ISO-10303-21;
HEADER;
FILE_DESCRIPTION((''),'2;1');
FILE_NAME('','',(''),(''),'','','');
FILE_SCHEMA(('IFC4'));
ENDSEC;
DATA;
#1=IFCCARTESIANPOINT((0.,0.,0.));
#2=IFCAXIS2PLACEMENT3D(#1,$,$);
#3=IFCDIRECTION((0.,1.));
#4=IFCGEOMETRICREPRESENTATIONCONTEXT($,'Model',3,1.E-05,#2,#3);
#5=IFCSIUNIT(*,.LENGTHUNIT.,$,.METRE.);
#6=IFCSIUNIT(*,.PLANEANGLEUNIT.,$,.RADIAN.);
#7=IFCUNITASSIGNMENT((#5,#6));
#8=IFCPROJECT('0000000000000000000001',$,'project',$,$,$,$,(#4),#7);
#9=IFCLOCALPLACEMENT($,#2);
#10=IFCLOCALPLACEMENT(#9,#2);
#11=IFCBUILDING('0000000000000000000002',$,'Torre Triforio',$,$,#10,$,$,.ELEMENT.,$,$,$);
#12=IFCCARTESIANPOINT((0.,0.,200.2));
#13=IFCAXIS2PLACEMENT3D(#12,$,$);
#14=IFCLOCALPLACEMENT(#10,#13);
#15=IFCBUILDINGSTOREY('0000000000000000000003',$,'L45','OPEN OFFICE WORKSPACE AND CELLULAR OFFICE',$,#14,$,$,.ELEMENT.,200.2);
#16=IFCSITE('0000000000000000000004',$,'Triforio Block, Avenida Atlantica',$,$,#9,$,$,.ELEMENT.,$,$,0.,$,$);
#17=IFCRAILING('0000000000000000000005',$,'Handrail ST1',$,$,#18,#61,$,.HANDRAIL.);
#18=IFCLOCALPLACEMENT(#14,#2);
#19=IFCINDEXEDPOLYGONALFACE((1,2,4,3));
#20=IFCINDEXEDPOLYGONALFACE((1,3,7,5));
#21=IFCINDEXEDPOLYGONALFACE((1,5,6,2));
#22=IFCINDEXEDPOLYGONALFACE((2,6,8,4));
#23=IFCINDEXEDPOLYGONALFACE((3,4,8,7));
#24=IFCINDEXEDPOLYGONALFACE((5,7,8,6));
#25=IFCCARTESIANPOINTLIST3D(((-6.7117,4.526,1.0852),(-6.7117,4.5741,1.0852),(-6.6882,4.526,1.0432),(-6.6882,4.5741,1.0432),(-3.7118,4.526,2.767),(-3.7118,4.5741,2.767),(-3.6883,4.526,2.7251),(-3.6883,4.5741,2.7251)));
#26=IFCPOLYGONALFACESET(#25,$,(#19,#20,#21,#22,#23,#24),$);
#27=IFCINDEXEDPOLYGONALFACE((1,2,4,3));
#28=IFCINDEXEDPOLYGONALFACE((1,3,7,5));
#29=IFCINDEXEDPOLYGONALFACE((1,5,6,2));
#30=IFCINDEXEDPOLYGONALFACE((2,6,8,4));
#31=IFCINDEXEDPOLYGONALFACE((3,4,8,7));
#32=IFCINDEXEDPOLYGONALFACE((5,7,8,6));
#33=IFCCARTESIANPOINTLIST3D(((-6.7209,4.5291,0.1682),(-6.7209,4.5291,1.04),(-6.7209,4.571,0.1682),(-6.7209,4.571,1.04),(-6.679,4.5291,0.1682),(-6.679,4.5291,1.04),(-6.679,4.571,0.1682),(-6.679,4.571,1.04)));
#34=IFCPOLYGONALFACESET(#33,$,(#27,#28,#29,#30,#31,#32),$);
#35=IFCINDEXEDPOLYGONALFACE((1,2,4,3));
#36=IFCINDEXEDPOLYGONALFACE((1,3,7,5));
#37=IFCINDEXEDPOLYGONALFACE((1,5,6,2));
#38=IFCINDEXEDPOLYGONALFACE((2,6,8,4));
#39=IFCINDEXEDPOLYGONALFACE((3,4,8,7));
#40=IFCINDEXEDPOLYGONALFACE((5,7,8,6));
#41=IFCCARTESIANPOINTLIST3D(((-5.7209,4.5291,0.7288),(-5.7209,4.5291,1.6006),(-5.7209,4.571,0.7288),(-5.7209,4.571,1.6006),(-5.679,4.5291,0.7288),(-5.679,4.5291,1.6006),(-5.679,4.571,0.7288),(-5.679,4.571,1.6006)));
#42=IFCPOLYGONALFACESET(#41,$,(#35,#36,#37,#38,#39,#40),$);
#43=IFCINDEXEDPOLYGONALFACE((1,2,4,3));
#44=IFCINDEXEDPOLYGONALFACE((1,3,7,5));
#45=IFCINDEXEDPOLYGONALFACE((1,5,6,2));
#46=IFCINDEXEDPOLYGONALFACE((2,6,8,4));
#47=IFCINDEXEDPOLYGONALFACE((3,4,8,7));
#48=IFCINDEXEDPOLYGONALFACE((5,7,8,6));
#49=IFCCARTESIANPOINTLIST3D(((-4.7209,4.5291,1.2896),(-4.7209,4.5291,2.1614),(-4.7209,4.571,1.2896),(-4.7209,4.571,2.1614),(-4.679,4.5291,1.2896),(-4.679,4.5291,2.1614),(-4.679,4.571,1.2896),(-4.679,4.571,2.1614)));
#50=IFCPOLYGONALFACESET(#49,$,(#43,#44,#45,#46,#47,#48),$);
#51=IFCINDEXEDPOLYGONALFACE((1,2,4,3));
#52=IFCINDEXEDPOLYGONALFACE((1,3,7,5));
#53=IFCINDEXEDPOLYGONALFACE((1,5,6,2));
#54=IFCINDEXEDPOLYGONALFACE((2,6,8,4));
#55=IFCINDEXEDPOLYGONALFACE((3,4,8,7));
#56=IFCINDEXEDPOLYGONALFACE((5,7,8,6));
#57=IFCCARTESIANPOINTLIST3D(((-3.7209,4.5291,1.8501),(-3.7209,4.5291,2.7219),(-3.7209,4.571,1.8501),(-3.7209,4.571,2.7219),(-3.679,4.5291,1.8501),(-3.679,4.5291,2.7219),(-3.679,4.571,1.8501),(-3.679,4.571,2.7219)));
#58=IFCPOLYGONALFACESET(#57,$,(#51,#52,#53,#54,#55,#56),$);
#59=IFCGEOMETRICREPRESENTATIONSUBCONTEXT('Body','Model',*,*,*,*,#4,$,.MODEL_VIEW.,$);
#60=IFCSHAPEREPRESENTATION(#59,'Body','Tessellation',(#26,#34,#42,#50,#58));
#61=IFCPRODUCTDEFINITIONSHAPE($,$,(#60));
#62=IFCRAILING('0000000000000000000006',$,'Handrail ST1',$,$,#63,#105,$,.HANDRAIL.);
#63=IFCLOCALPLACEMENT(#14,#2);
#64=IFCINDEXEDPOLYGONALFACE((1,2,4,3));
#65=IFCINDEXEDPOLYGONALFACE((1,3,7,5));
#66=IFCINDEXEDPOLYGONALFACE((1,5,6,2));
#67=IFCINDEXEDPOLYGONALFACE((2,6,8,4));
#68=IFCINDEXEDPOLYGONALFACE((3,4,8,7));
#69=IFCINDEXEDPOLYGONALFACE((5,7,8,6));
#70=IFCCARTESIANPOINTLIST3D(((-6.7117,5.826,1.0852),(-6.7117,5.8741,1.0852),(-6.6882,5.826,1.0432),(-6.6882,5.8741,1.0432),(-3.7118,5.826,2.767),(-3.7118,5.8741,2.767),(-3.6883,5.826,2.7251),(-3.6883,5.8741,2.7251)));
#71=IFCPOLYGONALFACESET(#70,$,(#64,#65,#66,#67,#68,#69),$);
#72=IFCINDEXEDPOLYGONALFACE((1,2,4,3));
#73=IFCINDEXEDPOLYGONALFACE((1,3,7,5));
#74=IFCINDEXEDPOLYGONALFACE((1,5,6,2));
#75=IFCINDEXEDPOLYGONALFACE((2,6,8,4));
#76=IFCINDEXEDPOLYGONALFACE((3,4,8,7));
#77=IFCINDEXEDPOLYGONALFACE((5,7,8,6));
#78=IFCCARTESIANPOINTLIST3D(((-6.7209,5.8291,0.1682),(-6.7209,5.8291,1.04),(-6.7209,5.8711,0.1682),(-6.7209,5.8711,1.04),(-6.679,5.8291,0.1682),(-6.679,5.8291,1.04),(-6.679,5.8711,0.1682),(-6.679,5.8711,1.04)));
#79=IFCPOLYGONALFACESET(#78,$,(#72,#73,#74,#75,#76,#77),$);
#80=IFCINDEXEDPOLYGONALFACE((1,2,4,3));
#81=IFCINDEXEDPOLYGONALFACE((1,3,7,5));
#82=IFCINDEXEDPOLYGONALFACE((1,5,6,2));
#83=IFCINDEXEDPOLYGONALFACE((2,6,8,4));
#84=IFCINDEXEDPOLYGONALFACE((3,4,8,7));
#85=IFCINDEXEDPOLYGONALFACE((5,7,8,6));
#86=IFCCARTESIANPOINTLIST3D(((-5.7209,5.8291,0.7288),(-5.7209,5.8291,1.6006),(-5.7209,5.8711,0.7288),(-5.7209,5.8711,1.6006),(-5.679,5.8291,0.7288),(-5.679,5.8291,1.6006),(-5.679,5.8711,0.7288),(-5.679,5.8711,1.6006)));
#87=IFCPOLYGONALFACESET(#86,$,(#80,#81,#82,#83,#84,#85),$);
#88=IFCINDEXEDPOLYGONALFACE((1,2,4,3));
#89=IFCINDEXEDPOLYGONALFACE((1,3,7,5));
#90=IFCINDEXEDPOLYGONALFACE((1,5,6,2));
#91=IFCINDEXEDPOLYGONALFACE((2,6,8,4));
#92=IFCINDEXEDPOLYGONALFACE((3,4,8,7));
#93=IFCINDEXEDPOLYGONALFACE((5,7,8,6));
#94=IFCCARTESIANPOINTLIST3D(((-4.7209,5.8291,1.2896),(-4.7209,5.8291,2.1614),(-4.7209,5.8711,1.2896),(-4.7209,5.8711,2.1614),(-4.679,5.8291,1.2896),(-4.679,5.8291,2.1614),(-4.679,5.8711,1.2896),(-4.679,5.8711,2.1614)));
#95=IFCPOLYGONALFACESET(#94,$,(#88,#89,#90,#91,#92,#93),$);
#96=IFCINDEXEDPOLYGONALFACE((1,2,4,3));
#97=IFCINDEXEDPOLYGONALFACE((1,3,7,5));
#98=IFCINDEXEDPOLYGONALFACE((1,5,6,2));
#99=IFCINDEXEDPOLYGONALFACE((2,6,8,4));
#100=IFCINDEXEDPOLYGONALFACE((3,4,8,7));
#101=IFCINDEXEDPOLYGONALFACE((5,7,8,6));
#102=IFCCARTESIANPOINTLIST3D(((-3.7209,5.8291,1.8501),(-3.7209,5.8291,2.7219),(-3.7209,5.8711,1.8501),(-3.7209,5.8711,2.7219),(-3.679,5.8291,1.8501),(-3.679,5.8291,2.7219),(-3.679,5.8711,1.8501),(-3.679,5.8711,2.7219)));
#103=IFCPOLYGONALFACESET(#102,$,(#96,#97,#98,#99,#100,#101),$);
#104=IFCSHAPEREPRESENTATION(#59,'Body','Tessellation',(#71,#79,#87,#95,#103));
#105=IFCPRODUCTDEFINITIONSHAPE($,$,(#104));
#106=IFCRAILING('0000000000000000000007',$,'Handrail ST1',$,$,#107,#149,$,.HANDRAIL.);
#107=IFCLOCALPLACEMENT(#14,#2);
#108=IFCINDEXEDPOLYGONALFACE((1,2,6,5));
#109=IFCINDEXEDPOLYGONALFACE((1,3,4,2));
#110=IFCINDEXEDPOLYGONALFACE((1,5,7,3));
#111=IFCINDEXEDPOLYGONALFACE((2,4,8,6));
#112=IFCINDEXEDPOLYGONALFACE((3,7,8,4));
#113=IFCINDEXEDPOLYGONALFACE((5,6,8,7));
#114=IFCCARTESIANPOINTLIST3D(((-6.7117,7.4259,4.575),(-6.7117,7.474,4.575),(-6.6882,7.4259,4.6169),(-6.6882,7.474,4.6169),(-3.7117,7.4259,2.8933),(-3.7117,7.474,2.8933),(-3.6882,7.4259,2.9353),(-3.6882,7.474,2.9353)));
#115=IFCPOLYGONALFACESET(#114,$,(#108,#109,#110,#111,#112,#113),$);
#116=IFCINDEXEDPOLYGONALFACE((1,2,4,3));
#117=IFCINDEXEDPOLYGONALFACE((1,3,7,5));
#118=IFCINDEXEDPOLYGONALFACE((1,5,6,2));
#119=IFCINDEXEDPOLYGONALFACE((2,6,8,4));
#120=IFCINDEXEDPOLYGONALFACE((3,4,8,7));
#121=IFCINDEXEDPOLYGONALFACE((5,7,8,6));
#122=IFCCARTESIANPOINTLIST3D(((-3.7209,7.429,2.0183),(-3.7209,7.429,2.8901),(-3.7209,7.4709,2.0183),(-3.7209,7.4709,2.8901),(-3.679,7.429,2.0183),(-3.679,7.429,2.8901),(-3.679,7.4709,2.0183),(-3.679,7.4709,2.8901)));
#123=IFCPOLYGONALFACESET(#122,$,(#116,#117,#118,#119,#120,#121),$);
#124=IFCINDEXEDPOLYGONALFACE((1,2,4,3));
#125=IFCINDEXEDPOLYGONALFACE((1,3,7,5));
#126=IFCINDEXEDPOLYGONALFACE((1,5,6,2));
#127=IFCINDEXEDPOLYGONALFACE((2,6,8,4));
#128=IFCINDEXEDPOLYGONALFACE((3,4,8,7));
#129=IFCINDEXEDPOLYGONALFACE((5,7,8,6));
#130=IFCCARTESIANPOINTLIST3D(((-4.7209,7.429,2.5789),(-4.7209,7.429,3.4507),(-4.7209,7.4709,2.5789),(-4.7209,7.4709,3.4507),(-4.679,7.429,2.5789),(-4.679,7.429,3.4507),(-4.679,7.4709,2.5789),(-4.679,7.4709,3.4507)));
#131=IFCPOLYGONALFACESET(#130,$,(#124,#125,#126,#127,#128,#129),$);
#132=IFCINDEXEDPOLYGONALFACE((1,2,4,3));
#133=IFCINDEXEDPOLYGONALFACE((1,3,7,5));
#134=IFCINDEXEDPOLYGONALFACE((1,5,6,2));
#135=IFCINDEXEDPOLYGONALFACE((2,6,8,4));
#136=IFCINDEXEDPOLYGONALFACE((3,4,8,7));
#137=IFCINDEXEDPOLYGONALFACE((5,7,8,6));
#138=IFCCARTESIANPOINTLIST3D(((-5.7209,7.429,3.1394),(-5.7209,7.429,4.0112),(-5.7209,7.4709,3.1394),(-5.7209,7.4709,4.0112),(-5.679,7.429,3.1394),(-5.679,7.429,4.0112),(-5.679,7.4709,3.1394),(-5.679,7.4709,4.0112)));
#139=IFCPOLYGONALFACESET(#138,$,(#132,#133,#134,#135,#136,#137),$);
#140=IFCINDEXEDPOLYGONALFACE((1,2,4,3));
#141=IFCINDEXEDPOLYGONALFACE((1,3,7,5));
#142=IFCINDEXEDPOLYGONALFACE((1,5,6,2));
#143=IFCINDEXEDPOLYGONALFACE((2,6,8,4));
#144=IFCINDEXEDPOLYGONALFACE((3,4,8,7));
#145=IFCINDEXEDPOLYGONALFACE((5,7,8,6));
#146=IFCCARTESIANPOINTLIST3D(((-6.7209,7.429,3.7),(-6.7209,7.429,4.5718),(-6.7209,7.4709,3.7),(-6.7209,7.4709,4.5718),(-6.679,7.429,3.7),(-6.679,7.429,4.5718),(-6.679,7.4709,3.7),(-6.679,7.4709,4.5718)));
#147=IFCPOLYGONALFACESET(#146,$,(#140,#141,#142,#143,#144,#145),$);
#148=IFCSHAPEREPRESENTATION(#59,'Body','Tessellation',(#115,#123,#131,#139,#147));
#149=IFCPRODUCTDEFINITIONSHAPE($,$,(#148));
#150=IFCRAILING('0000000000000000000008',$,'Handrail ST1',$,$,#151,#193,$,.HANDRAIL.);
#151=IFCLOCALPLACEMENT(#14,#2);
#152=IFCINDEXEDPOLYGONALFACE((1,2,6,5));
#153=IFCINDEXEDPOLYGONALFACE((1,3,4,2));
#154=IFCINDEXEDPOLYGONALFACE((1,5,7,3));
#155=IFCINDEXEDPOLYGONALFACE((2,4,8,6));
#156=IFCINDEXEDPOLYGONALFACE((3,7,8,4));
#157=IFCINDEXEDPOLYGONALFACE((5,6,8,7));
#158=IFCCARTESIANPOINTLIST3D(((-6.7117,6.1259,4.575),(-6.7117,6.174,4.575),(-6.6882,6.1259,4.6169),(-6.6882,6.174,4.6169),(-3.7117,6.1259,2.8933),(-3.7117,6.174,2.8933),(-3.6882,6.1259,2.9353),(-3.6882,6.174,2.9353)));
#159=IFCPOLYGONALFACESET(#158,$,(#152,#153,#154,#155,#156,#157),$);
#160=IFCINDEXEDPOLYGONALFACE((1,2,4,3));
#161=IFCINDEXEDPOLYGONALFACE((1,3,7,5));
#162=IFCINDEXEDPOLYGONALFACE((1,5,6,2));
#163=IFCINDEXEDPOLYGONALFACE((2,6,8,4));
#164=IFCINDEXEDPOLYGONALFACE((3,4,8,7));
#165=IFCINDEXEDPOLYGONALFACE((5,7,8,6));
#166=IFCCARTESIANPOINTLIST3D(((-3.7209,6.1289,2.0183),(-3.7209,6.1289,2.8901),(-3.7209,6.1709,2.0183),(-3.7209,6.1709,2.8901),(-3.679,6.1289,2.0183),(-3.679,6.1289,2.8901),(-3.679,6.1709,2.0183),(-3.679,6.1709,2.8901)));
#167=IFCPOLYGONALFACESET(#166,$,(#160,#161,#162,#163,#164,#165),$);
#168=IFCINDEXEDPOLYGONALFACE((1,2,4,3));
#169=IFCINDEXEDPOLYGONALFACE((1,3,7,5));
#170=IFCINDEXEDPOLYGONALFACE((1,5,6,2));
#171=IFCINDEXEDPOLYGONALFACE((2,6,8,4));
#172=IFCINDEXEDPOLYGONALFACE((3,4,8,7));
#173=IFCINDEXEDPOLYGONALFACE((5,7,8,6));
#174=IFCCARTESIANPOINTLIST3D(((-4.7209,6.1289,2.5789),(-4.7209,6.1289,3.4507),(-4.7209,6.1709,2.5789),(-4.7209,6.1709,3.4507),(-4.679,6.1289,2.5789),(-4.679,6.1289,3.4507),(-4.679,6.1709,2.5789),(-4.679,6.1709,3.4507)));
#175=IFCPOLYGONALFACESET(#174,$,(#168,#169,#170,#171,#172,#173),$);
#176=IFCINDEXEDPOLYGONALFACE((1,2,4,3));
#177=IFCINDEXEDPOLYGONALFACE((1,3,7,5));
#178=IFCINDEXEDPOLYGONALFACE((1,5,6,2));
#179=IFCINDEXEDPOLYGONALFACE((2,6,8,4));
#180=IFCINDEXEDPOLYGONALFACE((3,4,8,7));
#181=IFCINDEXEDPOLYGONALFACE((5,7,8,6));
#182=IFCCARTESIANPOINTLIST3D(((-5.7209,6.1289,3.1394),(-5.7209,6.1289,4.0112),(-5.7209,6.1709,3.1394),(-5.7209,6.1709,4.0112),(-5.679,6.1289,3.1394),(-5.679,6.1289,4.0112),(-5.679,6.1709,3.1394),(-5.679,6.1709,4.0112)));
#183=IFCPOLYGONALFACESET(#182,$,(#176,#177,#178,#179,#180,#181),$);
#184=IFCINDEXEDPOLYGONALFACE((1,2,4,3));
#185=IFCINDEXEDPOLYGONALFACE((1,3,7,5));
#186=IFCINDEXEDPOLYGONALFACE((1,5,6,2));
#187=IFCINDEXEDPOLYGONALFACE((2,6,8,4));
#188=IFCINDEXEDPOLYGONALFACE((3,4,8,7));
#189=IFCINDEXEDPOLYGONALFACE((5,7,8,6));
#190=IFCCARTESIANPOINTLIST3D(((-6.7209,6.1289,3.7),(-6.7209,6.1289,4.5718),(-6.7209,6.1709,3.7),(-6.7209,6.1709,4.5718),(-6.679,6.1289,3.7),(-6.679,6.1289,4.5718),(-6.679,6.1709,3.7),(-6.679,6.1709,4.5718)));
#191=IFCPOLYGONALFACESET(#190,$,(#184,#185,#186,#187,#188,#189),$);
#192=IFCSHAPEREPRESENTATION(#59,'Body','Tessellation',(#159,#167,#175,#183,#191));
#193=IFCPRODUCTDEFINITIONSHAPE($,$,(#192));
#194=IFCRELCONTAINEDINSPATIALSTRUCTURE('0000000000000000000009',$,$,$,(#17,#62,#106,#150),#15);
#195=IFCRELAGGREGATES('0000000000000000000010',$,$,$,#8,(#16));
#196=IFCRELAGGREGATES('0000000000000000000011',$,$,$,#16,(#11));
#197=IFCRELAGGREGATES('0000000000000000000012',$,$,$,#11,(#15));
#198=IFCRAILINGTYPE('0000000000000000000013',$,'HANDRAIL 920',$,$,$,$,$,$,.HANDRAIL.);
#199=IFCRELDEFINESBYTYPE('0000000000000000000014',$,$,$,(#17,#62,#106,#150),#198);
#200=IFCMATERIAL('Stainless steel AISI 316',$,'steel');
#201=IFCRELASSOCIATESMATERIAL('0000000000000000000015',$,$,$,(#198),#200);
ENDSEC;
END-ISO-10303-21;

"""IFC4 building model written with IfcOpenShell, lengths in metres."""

from ifc_helpers import new_model, si_unit, direction, frame, origin, origin_2d, place, context, subcontext, project, spatial, rectangle, extrude, material, type_object, element, save


model = new_model("IFC4")

# Units and contexts
model_context = context("Model", 3, precision=1e-05, world=origin(), true_north=direction((0.0, 1.0)))
body_context = subcontext(model_context, "Body", "Model", "MODEL_VIEW")
ifc_project = project(units=[si_unit("LENGTHUNIT", "METRE"), si_unit("PLANEANGLEUNIT", "RADIAN")], contexts=[model_context])

# Site, building, storey
site_placement = place(None, origin())
site = spatial("IfcSite", under=ifc_project, at=site_placement, Name="Triforio Block, Avenida Atlantica", CompositionType="ELEMENT", RefElevation=0.0)
building_placement = place(site_placement, origin())
building = spatial("IfcBuilding", under=site, at=building_placement, Name="Torre Triforio", CompositionType="ELEMENT")
storey_placement = place(building_placement, frame((0.0, 0.0, 200.2)))
storey = spatial("IfcBuildingStorey", under=building, at=storey_placement, Name="L45", Description="OPEN OFFICE WORKSPACE AND CELLULAR OFFICE", CompositionType="ELEMENT", Elevation=200.2)

# Railings
ifc_material_1 = material(Name="Stainless steel AISI 316", Category="steel")
railing_type = type_object("IfcRailingType", Name="HANDRAIL 920", PredefinedType="HANDRAIL", material=ifc_material_1)
for number, where, name in (
    (1, (-6.7, 4.55, 0.1682), "Handrail ST1"),
    (2, (-6.7, 5.8501, 0.1682), "Handrail ST1"),
):
    element("IfcRailing", number, at=place(storey_placement, frame(where)), inside=storey, type_object=railing_type, Name=name, PredefinedType="HANDRAIL", context=body_context, shape_type="SweptSolid", body=[
        extrude(rectangle(XDim=0.0481, YDim=0.0481, at=origin_2d()), frame((0.0, 0.0, 0.896), z_axis=(0.872272, 0.0, 0.48902), x_axis=(0.0, 1.0, 0.0)), (0.0, 0.0, 1.0), 3.4392),
        extrude(rectangle(XDim=0.042, YDim=0.042, at=origin_2d()), origin(), (0.0, 0.0, 1.0), 0.8718),
        extrude(rectangle(XDim=0.042, YDim=0.042, at=origin_2d()), frame((1.0, 0.0, 0.5605)), (0.0, 0.0, 1.0), 0.8718),
        extrude(rectangle(XDim=0.042, YDim=0.042, at=origin_2d()), frame((2.0, 0.0, 1.1213)), (0.0, 0.0, 1.0), 0.8718),
        extrude(rectangle(XDim=0.042, YDim=0.042, at=origin_2d()), frame((3.0, 0.0, 1.6819)), (0.0, 0.0, 1.0), 0.8718),
    ])
for number, where, name in (
    (3, (-3.7, 7.45, 2.0183), "Handrail ST1"),
    (4, (-3.7, 6.1499, 2.0183), "Handrail ST1"),
):
    element("IfcRailing", number, at=place(storey_placement, frame(where)), inside=storey, type_object=railing_type, Name=name, PredefinedType="HANDRAIL", context=body_context, shape_type="SweptSolid", body=[
        extrude(rectangle(XDim=0.0481, YDim=0.0481, at=origin_2d()), frame((0.0, 0.0, 0.896), z_axis=(-0.872303, 0.0, 0.488966), x_axis=(0.0, -1.0, 0.0)), (0.0, 0.0, 1.0), 3.4392),
        extrude(rectangle(XDim=0.042, YDim=0.042, at=origin_2d()), origin(), (0.0, 0.0, 1.0), 0.8718),
        extrude(rectangle(XDim=0.042, YDim=0.042, at=origin_2d()), frame((-1.0, 0.0, 0.5605)), (0.0, 0.0, 1.0), 0.8718),
        extrude(rectangle(XDim=0.042, YDim=0.042, at=origin_2d()), frame((-2.0, 0.0, 1.1211)), (0.0, 0.0, 1.0), 0.8718),
        extrude(rectangle(XDim=0.042, YDim=0.042, at=origin_2d()), frame((-3.0, 0.0, 1.6816)), (0.0, 0.0, 1.0), 0.8718),
    ])

save(model, "model.ifc")
